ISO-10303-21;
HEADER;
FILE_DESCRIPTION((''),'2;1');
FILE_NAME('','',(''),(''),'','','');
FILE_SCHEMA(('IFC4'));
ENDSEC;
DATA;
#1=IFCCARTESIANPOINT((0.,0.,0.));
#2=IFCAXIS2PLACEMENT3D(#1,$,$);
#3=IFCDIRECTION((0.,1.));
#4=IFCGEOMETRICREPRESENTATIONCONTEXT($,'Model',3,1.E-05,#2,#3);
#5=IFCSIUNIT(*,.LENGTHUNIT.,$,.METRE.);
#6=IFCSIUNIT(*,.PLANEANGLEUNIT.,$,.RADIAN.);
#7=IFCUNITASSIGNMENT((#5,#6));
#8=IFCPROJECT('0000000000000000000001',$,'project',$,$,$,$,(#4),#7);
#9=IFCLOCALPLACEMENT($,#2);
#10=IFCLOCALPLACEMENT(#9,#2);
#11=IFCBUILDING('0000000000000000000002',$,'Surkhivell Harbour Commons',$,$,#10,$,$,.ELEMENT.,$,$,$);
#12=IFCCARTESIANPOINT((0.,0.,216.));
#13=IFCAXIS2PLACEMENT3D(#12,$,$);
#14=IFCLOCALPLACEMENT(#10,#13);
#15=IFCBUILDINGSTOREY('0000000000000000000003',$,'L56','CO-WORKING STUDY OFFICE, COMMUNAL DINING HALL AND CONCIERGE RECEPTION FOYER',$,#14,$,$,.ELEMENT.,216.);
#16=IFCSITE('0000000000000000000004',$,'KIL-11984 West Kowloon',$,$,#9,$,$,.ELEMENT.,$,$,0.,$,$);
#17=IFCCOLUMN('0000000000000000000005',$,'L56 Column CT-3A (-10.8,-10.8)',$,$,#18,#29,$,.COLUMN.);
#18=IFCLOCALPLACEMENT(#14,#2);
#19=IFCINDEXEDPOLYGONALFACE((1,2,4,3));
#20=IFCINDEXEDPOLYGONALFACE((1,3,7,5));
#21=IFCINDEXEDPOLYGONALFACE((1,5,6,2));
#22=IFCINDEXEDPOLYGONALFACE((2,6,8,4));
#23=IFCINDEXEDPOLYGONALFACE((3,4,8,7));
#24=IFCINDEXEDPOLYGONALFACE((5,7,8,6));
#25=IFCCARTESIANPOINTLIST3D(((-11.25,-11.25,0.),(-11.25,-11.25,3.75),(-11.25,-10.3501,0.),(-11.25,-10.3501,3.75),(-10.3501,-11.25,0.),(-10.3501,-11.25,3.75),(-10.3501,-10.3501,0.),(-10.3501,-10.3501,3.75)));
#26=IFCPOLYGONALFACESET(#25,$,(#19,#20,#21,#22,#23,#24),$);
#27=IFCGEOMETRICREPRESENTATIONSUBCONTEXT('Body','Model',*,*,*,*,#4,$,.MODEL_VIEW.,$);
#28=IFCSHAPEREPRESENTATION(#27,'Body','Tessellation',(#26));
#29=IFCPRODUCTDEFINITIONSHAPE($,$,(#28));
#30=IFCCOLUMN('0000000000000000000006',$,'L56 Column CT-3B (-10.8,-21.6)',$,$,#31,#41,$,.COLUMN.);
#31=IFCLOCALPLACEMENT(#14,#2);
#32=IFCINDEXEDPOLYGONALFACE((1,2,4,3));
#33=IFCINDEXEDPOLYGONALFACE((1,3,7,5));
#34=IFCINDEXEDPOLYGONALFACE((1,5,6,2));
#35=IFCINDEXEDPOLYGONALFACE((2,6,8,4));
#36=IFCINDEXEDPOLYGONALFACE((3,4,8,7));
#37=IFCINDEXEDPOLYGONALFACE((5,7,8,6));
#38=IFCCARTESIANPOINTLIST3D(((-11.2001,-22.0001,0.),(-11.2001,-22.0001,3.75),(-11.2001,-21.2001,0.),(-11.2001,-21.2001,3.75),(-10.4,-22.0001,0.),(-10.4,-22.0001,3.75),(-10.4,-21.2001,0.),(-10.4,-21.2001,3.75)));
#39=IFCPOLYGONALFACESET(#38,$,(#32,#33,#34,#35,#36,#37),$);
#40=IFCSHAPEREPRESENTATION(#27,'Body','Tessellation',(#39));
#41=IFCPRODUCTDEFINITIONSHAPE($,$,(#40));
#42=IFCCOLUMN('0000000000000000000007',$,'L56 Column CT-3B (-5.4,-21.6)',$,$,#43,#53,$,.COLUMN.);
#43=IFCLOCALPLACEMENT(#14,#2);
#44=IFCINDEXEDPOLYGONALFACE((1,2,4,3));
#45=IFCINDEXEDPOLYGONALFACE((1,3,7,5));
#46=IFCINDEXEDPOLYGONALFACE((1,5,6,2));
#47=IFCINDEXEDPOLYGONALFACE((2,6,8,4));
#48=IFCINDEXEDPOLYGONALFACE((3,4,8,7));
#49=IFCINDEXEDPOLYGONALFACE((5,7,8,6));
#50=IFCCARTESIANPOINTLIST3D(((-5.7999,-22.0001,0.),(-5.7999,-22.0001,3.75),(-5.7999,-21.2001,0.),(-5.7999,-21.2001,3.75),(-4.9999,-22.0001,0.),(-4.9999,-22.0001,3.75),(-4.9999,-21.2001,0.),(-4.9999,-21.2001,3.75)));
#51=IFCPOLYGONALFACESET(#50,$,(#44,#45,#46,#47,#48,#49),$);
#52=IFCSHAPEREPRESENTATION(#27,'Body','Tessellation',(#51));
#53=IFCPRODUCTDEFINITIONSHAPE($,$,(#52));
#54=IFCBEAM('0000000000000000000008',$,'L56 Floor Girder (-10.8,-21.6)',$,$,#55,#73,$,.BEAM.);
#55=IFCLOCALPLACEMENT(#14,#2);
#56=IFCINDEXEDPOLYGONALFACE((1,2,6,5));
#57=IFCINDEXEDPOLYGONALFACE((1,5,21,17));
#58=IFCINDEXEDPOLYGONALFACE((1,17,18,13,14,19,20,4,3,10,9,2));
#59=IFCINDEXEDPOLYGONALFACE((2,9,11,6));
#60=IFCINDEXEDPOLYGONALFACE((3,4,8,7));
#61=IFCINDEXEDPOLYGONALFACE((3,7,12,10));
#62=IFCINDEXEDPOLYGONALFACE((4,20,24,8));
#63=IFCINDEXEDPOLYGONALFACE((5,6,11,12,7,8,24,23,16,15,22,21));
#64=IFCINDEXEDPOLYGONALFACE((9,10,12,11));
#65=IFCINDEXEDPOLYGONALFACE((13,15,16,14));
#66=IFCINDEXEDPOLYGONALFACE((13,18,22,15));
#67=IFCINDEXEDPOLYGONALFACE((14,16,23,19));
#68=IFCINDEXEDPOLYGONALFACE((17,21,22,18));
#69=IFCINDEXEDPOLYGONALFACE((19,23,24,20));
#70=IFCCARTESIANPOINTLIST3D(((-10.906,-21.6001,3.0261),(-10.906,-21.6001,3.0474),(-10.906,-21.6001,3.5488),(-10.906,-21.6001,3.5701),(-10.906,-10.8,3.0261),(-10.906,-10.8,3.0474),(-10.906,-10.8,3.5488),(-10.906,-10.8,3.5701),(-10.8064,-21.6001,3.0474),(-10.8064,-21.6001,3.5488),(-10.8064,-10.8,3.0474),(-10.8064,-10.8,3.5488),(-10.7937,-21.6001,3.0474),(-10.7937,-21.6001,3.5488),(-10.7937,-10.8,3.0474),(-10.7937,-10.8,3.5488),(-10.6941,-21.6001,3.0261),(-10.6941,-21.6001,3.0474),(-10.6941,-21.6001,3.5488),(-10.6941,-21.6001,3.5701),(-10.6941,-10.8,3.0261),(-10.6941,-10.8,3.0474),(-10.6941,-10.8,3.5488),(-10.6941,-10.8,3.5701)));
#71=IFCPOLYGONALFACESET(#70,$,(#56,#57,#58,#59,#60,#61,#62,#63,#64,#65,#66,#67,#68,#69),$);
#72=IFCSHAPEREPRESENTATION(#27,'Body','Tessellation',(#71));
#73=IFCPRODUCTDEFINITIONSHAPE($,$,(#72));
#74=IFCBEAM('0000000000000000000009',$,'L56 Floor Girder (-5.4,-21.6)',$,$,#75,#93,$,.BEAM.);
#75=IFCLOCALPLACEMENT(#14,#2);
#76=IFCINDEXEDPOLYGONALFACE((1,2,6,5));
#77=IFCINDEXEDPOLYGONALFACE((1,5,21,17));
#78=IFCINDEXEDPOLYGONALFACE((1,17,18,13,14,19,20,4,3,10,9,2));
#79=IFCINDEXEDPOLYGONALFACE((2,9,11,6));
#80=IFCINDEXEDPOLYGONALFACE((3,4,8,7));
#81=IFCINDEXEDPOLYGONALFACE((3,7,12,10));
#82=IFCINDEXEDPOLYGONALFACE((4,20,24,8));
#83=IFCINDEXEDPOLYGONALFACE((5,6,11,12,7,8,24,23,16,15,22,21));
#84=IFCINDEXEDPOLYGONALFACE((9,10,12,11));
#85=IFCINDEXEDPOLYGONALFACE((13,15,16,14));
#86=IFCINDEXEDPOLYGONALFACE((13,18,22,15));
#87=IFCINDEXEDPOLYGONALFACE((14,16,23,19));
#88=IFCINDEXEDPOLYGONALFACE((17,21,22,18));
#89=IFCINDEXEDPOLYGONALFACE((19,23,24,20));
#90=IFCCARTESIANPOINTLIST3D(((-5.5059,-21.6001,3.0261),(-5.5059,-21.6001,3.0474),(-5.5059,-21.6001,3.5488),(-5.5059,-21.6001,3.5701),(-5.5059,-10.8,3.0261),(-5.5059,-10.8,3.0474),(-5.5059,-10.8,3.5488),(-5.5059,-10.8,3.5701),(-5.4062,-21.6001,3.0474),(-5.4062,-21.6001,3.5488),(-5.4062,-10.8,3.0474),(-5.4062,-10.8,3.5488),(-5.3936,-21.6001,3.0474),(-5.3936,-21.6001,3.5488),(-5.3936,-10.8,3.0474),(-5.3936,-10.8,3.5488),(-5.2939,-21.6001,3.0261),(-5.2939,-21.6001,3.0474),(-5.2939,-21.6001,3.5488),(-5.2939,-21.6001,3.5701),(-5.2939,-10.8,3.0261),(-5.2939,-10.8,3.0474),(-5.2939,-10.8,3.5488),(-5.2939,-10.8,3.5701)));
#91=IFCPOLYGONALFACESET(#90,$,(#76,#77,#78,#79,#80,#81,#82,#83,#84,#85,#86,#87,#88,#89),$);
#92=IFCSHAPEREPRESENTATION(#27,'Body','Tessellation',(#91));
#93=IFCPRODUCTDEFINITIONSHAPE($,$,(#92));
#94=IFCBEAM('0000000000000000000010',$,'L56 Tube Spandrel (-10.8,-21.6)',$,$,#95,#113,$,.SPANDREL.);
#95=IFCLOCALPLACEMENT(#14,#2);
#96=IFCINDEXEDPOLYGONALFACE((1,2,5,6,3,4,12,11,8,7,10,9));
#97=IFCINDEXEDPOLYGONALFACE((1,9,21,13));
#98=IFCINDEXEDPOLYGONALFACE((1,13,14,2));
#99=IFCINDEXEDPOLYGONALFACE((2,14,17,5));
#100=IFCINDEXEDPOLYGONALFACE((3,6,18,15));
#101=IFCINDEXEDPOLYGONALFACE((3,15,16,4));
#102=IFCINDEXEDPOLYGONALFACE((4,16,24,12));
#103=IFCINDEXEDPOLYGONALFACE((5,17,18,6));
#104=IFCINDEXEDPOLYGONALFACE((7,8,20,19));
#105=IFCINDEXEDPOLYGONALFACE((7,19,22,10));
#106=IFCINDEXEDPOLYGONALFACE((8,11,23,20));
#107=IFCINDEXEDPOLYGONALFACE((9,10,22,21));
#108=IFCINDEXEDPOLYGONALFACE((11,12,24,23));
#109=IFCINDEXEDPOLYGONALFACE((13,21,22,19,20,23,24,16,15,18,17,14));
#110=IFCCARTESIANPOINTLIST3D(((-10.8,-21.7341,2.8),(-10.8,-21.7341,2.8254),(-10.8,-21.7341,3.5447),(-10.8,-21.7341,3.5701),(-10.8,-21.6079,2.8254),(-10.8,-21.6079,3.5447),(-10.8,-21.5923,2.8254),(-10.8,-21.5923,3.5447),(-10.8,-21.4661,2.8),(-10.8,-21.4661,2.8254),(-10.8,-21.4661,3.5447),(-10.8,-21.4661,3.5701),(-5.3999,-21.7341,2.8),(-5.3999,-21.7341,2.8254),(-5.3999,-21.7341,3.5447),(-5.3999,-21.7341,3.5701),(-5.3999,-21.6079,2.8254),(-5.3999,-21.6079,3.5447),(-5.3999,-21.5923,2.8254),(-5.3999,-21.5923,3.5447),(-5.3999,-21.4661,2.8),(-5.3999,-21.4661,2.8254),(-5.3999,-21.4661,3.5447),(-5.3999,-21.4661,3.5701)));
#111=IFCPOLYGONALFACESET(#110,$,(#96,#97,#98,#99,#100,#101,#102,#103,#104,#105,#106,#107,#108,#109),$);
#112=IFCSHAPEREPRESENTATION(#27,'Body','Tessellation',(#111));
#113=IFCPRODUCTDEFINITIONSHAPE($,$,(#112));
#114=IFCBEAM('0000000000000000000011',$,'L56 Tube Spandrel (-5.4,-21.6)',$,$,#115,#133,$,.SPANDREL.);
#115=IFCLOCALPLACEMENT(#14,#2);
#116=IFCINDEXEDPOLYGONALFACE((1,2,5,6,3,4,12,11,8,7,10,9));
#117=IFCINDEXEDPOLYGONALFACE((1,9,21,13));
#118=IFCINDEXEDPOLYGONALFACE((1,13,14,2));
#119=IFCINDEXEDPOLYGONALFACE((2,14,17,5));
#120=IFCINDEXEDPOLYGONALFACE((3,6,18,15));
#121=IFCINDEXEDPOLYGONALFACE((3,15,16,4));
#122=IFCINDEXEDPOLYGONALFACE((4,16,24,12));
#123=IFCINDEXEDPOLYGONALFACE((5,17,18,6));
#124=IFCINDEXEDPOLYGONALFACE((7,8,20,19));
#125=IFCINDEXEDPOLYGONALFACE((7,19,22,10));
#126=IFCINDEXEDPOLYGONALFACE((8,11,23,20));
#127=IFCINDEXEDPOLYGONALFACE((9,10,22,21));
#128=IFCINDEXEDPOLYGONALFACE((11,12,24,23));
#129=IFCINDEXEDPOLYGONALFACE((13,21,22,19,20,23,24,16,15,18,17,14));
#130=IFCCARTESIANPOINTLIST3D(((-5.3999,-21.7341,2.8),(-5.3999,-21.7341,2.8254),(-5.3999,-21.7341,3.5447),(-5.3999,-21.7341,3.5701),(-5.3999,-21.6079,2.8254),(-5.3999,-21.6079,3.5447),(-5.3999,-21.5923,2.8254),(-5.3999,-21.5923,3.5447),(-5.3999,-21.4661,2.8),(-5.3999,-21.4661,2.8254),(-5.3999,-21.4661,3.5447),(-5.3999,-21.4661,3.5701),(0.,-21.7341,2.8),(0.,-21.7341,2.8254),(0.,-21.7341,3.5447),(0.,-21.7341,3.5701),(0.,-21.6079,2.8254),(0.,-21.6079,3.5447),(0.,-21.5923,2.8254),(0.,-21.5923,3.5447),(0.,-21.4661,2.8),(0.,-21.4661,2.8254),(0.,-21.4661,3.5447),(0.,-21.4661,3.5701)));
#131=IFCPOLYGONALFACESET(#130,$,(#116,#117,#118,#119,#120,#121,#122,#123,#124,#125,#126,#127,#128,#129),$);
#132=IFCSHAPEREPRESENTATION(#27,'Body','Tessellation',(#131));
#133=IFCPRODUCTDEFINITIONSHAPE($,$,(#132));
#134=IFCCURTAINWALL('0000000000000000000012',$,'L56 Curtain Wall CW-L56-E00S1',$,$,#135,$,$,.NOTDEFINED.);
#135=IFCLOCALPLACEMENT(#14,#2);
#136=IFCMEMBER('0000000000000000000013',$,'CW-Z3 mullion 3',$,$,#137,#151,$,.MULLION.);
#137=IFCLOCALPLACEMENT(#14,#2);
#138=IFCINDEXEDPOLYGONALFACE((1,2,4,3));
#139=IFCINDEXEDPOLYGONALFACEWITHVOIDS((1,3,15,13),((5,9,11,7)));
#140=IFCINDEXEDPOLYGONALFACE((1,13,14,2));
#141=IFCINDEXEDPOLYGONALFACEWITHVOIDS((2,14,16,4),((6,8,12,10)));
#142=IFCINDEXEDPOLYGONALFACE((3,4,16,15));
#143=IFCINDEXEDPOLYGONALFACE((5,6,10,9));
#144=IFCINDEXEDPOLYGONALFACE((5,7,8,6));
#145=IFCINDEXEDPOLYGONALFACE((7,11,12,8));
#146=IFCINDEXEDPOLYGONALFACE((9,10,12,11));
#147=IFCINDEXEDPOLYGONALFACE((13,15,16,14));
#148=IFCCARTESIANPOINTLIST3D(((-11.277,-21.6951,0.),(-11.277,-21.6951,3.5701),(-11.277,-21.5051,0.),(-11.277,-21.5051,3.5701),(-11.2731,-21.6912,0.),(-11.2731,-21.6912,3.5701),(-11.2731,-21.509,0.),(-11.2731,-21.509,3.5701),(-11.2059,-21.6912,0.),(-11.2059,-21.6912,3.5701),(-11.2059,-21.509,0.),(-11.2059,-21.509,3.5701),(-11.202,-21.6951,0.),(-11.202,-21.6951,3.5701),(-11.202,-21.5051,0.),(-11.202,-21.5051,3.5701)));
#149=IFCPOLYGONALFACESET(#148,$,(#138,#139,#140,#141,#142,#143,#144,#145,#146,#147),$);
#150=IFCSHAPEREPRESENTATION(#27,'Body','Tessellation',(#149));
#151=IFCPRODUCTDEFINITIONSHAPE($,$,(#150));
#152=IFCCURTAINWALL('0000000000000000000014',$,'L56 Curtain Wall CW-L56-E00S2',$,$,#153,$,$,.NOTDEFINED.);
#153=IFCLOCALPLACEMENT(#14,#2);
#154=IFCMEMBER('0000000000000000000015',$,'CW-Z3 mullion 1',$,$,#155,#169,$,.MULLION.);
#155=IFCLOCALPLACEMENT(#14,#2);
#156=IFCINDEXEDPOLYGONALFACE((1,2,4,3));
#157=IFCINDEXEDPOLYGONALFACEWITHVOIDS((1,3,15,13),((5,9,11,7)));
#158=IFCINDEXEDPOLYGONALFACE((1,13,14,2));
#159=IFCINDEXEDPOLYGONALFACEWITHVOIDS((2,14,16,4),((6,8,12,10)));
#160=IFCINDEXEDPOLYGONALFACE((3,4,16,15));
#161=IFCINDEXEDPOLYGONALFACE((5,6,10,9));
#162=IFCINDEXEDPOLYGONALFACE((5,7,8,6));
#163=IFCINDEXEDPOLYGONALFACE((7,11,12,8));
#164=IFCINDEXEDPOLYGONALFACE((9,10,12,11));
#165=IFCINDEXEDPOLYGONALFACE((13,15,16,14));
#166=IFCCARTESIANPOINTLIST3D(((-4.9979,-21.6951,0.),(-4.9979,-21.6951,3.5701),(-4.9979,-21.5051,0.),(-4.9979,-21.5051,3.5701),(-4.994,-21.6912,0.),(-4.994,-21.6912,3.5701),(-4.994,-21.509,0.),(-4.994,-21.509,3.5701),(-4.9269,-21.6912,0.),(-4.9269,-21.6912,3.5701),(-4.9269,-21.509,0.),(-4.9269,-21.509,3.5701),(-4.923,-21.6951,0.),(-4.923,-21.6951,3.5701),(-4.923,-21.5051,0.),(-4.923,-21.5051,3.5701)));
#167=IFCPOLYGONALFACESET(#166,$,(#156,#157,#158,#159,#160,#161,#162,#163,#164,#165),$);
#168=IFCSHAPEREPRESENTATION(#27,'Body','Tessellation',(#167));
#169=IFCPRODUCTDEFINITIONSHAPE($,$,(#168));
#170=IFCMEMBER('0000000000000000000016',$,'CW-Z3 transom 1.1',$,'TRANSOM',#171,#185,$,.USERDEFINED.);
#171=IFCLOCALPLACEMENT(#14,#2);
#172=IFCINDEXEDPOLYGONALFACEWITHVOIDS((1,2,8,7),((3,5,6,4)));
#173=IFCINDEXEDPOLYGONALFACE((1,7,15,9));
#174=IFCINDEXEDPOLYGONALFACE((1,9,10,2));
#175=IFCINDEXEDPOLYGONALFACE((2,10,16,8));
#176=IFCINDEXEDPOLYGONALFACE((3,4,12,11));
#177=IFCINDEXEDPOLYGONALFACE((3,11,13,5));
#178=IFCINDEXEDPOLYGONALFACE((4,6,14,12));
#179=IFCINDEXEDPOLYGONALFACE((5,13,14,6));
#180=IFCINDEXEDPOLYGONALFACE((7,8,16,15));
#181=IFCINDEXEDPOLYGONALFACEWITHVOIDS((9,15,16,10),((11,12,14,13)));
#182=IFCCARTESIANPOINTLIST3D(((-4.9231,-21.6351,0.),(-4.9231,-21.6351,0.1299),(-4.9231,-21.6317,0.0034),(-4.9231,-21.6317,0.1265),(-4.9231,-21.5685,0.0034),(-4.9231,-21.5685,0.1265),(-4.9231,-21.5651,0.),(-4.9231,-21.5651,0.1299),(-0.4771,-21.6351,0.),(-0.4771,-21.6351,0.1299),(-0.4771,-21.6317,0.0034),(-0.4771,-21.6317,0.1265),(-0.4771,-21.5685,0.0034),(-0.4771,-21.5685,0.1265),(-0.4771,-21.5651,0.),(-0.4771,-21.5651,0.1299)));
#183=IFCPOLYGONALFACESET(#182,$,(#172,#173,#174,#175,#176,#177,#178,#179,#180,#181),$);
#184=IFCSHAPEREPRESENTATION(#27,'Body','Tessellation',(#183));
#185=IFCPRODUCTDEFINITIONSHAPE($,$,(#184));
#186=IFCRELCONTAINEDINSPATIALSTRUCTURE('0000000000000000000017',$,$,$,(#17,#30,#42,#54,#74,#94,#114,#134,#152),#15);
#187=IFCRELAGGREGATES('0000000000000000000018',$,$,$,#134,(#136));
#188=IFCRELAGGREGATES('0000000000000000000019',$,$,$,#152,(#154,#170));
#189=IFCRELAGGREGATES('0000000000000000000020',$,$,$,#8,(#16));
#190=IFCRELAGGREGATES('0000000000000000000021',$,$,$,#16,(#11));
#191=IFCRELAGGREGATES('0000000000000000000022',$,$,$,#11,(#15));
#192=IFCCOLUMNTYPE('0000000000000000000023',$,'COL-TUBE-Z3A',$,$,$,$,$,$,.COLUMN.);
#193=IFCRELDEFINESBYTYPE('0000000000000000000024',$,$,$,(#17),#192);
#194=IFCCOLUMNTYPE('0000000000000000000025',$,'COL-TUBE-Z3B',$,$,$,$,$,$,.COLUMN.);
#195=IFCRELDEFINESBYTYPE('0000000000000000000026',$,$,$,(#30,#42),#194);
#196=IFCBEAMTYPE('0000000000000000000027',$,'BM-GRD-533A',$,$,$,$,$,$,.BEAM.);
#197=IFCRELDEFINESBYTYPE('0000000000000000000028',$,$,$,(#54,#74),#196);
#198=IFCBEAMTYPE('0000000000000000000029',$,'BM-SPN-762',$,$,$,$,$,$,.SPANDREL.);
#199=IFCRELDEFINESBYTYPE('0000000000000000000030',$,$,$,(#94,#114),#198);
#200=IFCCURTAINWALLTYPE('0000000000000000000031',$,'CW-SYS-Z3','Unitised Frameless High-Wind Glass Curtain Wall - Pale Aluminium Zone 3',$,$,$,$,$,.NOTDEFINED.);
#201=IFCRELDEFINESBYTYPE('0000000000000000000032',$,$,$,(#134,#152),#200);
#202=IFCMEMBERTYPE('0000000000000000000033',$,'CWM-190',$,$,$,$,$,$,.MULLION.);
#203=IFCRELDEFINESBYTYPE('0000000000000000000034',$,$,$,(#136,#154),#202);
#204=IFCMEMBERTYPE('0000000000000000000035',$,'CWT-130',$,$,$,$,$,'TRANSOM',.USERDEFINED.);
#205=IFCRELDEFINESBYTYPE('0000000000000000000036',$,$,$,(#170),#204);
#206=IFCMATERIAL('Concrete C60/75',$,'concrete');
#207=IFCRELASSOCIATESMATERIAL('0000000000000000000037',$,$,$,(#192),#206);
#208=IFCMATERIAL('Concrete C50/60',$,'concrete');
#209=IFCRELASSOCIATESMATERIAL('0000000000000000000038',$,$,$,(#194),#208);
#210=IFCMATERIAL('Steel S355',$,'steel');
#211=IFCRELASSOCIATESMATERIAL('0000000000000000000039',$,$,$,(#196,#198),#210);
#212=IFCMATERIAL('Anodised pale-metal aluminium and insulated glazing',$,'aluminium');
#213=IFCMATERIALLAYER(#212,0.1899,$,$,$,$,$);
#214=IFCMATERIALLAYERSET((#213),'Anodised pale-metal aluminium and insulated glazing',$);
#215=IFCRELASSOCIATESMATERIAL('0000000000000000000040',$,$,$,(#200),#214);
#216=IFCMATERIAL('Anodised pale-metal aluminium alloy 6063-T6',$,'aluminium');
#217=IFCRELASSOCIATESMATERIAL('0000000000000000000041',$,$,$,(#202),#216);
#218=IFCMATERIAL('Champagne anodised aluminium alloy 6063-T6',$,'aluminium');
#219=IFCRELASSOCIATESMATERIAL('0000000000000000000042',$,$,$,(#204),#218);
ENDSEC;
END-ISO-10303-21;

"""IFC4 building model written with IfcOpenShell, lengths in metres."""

from ifc_helpers import new_model, si_unit, direction, frame, origin, origin_2d, place, context, subcontext, project, spatial, rectangle, hollow_rectangle, i_section, extrude, material, layer, layer_set, material_profile, profile_set, type_object, element, aggregate, save


model = new_model("IFC4")

# Units and contexts
model_context = context("Model", 3, precision=1e-05, world=origin(), true_north=direction((0.0, 1.0)))
body_context = subcontext(model_context, "Body", "Model", "MODEL_VIEW")
ifc_project = project(units=[si_unit("LENGTHUNIT", "METRE"), si_unit("PLANEANGLEUNIT", "RADIAN")], contexts=[model_context])

# Site, building, storey
site_placement = place(None, origin())
site = spatial("IfcSite", under=ifc_project, at=site_placement, Name="KIL-11984 West Kowloon", CompositionType="ELEMENT", RefElevation=0.0)
building_placement = place(site_placement, origin())
building = spatial("IfcBuilding", under=site, at=building_placement, Name="Surkhivell Harbour Commons", CompositionType="ELEMENT")
storey_placement = place(building_placement, frame((0.0, 0.0, 216.0)))
storey = spatial("IfcBuildingStorey", under=building, at=storey_placement, Name="L56", Description="CO-WORKING STUDY OFFICE, COMMUNAL DINING HALL AND CONCIERGE RECEPTION FOYER", CompositionType="ELEMENT", Elevation=216.0)

# Columns
ifc_material_1 = material(Name="Concrete C60/75", Category="concrete")
ifc_material_profile_1 = material_profile(ifc_material_1, rectangle(XDim=0.8999, YDim=0.8999, at=origin_2d()), Name="RC-COL-900x900")
ifc_profile_set_1 = profile_set([ifc_material_profile_1], Name="Concrete C60/75")
column_type_1 = type_object("IfcColumnType", Name="COL-TUBE-Z3A", PredefinedType="COLUMN", material=ifc_profile_set_1)
column_placement = place(storey_placement, frame((-10.8, -10.8, 0.0), z_axis=(0.0, 0.0, 1.0), x_axis=(1.0, 0.0, 0.0)))
element("IfcColumn", 1, at=column_placement, inside=storey, type_object=column_type_1, Name="L56 Column CT-3A (-10.8,-10.8)", PredefinedType="COLUMN", context=body_context, shape_type="SweptSolid", body=[
    extrude(rectangle(XDim=0.8999, YDim=0.8999, at=origin_2d()), origin(), (0.0, 0.0, 1.0), 3.75),
])
ifc_material_2 = material(Name="Concrete C50/60", Category="concrete")
ifc_material_profile_2 = material_profile(ifc_material_2, rectangle(XDim=0.8, YDim=0.8, at=origin_2d()), Name="RC-COL-800x800")
ifc_profile_set_2 = profile_set([ifc_material_profile_2], Name="Concrete C50/60")
column_type_2 = type_object("IfcColumnType", Name="COL-TUBE-Z3B", PredefinedType="COLUMN", material=ifc_profile_set_2)
for number, where, z_axis, x_axis, name in (
    (2, (-10.8, -21.6001, 0.0), (0.0, 0.0, 1.0), (1.0, 0.0, 0.0), "L56 Column CT-3B (-10.8,-21.6)"),
    (3, (-5.3999, -21.6001, 0.0), (0.0, 0.0, 1.0), (1.0, 0.0, 0.0), "L56 Column CT-3B (-5.4,-21.6)"),
):
    element("IfcColumn", number, at=place(storey_placement, frame(where, z_axis=z_axis, x_axis=x_axis)), inside=storey, type_object=column_type_2, Name=name, PredefinedType="COLUMN", context=body_context, shape_type="SweptSolid", body=[
        extrude(rectangle(XDim=0.8, YDim=0.8, at=origin_2d()), origin(), (0.0, 0.0, 1.0), 3.75),
    ])

# Beams
ifc_material_3 = material(Name="Steel S355", Category="steel")
ifc_material_profile_3 = material_profile(ifc_material_3, i_section(OverallWidth=0.2119, OverallDepth=0.5439, WebThickness=0.0127, FlangeThickness=0.0212, at=origin_2d()), Name="UB533x210x122")
ifc_profile_set_3 = profile_set([ifc_material_profile_3], Name="Steel S355")
beam_type_1 = type_object("IfcBeamType", Name="BM-GRD-533A", PredefinedType="BEAM", material=ifc_profile_set_3)
for number, where, z_axis, x_axis, name in (
    (4, (-10.8, -21.6001, 3.2981), (0.0, 1.0, 0.0), (-1.0, 0.0, 0.0), "L56 Floor Girder (-10.8,-21.6)"),
    (5, (-5.3999, -21.6001, 3.2981), (0.0, 1.0, 0.0), (-1.0, 0.0, 0.0), "L56 Floor Girder (-5.4,-21.6)"),
):
    element("IfcBeam", number, at=place(storey_placement, frame(where, z_axis=z_axis, x_axis=x_axis)), inside=storey, type_object=beam_type_1, Name=name, PredefinedType="BEAM", context=body_context, shape_type="SweptSolid", body=[
        extrude(i_section(OverallWidth=0.2119, OverallDepth=0.5439, WebThickness=0.0127, FlangeThickness=0.0212, at=origin_2d()), origin(), (0.0, 0.0, 1.0), 10.8),
    ])
ifc_material_profile_4 = material_profile(ifc_material_3, i_section(OverallWidth=0.2681, OverallDepth=0.77, WebThickness=0.0156, FlangeThickness=0.0254, at=origin_2d()), Name="UB762x267x197")
ifc_profile_set_4 = profile_set([ifc_material_profile_4], Name="Steel S355")
beam_type_2 = type_object("IfcBeamType", Name="BM-SPN-762", PredefinedType="SPANDREL", material=ifc_profile_set_4)
beam_1_placement = place(storey_placement, frame((-10.8, -21.6001, 3.1851), z_axis=(1.0, 0.0, 0.0), x_axis=(0.0, 1.0, 0.0)))
element("IfcBeam", 6, at=beam_1_placement, inside=storey, type_object=beam_type_2, Name="L56 Tube Spandrel (-10.8,-21.6)", PredefinedType="SPANDREL", context=body_context, shape_type="SweptSolid", body=[
    extrude(i_section(OverallWidth=0.2681, OverallDepth=0.77, WebThickness=0.0156, FlangeThickness=0.0254, at=origin_2d()), origin(), (0.0, 0.0, 1.0), 5.4001),
])
beam_2_placement = place(storey_placement, frame((-5.3999, -21.6001, 3.1851), z_axis=(1.0, 0.0, 0.0), x_axis=(0.0, 1.0, 0.0)))
element("IfcBeam", 7, at=beam_2_placement, inside=storey, type_object=beam_type_2, Name="L56 Tube Spandrel (-5.4,-21.6)", PredefinedType="SPANDREL", context=body_context, shape_type="SweptSolid", body=[
    extrude(i_section(OverallWidth=0.2681, OverallDepth=0.77, WebThickness=0.0156, FlangeThickness=0.0254, at=origin_2d()), origin(), (0.0, 0.0, 1.0), 5.3999),
])

# Curtain wall, member
ifc_material_4 = material(Name="Anodised pale-metal aluminium and insulated glazing", Category="aluminium")
ifc_layer_1 = layer(ifc_material_4, 0.1899)
ifc_layer_set_1 = layer_set([ifc_layer_1], Name="Anodised pale-metal aluminium and insulated glazing")
curtain_wall_type = type_object("IfcCurtainWallType", Name="CW-SYS-Z3", Description="Unitised Frameless High-Wind Glass Curtain Wall - Pale Aluminium Zone 3", PredefinedType="NOTDEFINED", material=ifc_layer_set_1)
curtain_wall_1_placement = place(storey_placement, origin())
curtain_wall_1 = element("IfcCurtainWall", 8, at=curtain_wall_1_placement, inside=storey, type_object=curtain_wall_type, Name="L56 Curtain Wall CW-L56-E00S1", PredefinedType="NOTDEFINED")
ifc_material_5 = material(Name="Anodised pale-metal aluminium alloy 6063-T6", Category="aluminium")
ifc_material_profile_5 = material_profile(ifc_material_5, hollow_rectangle(XDim=0.075, YDim=0.1899, WallThickness=0.0039, at=origin_2d()), Name="ALU-MULL-75x190")
ifc_profile_set_5 = profile_set([ifc_material_profile_5], Name="Anodised pale-metal aluminium alloy 6063-T6")
member_type_1 = type_object("IfcMemberType", Name="CWM-190", PredefinedType="MULLION", material=ifc_profile_set_5)
member_1_placement = place(storey_placement, frame((-11.2395, -21.6001, 0.0), z_axis=(0.0, 0.0, 1.0), x_axis=(1.0, 0.0, 0.0)))
member_1 = element("IfcMember", 9, at=member_1_placement, type_object=member_type_1, Name="CW-Z3 mullion 3", PredefinedType="MULLION", context=body_context, shape_type="SweptSolid", body=[
    extrude(hollow_rectangle(XDim=0.075, YDim=0.1899, WallThickness=0.0039, at=origin_2d()), origin(), (0.0, 0.0, 1.0), 3.5701),
])
aggregate(curtain_wall_1, [member_1])

# Curtain wall, members
curtain_wall_2_placement = place(storey_placement, origin())
curtain_wall_2 = element("IfcCurtainWall", 10, at=curtain_wall_2_placement, inside=storey, type_object=curtain_wall_type, Name="L56 Curtain Wall CW-L56-E00S2", PredefinedType="NOTDEFINED")
member_2_placement = place(storey_placement, frame((-4.9604, -21.6001, 0.0), z_axis=(0.0, 0.0, 1.0), x_axis=(1.0, 0.0, 0.0)))
member_2 = element("IfcMember", 11, at=member_2_placement, type_object=member_type_1, Name="CW-Z3 mullion 1", PredefinedType="MULLION", context=body_context, shape_type="SweptSolid", body=[
    extrude(hollow_rectangle(XDim=0.075, YDim=0.1899, WallThickness=0.0039, at=origin_2d()), origin(), (0.0, 0.0, 1.0), 3.5701),
])
ifc_material_6 = material(Name="Champagne anodised aluminium alloy 6063-T6", Category="aluminium")
ifc_material_profile_6 = material_profile(ifc_material_6, hollow_rectangle(XDim=0.0701, YDim=0.1299, WallThickness=0.0034, at=origin_2d()), Name="ALU-TRAN-70x130")
ifc_profile_set_6 = profile_set([ifc_material_profile_6], Name="Champagne anodised aluminium alloy 6063-T6")
member_type_2 = type_object("IfcMemberType", Name="CWT-130", ElementType="TRANSOM", PredefinedType="USERDEFINED", material=ifc_profile_set_6)
member_3_placement = place(storey_placement, frame((-4.9231, -21.6001, 0.0649), z_axis=(1.0, 0.0, 0.0), x_axis=(0.0, 1.0, 0.0)))
member_3 = element("IfcMember", 12, at=member_3_placement, type_object=member_type_2, Name="CW-Z3 transom 1.1", ObjectType="TRANSOM", PredefinedType="USERDEFINED", context=body_context, shape_type="SweptSolid", body=[
    extrude(hollow_rectangle(XDim=0.0701, YDim=0.1299, WallThickness=0.0034, at=origin_2d()), origin(), (0.0, 0.0, 1.0), 4.446),
])

aggregate(curtain_wall_2, [member_2, member_3])

save(model, "model.ifc")
